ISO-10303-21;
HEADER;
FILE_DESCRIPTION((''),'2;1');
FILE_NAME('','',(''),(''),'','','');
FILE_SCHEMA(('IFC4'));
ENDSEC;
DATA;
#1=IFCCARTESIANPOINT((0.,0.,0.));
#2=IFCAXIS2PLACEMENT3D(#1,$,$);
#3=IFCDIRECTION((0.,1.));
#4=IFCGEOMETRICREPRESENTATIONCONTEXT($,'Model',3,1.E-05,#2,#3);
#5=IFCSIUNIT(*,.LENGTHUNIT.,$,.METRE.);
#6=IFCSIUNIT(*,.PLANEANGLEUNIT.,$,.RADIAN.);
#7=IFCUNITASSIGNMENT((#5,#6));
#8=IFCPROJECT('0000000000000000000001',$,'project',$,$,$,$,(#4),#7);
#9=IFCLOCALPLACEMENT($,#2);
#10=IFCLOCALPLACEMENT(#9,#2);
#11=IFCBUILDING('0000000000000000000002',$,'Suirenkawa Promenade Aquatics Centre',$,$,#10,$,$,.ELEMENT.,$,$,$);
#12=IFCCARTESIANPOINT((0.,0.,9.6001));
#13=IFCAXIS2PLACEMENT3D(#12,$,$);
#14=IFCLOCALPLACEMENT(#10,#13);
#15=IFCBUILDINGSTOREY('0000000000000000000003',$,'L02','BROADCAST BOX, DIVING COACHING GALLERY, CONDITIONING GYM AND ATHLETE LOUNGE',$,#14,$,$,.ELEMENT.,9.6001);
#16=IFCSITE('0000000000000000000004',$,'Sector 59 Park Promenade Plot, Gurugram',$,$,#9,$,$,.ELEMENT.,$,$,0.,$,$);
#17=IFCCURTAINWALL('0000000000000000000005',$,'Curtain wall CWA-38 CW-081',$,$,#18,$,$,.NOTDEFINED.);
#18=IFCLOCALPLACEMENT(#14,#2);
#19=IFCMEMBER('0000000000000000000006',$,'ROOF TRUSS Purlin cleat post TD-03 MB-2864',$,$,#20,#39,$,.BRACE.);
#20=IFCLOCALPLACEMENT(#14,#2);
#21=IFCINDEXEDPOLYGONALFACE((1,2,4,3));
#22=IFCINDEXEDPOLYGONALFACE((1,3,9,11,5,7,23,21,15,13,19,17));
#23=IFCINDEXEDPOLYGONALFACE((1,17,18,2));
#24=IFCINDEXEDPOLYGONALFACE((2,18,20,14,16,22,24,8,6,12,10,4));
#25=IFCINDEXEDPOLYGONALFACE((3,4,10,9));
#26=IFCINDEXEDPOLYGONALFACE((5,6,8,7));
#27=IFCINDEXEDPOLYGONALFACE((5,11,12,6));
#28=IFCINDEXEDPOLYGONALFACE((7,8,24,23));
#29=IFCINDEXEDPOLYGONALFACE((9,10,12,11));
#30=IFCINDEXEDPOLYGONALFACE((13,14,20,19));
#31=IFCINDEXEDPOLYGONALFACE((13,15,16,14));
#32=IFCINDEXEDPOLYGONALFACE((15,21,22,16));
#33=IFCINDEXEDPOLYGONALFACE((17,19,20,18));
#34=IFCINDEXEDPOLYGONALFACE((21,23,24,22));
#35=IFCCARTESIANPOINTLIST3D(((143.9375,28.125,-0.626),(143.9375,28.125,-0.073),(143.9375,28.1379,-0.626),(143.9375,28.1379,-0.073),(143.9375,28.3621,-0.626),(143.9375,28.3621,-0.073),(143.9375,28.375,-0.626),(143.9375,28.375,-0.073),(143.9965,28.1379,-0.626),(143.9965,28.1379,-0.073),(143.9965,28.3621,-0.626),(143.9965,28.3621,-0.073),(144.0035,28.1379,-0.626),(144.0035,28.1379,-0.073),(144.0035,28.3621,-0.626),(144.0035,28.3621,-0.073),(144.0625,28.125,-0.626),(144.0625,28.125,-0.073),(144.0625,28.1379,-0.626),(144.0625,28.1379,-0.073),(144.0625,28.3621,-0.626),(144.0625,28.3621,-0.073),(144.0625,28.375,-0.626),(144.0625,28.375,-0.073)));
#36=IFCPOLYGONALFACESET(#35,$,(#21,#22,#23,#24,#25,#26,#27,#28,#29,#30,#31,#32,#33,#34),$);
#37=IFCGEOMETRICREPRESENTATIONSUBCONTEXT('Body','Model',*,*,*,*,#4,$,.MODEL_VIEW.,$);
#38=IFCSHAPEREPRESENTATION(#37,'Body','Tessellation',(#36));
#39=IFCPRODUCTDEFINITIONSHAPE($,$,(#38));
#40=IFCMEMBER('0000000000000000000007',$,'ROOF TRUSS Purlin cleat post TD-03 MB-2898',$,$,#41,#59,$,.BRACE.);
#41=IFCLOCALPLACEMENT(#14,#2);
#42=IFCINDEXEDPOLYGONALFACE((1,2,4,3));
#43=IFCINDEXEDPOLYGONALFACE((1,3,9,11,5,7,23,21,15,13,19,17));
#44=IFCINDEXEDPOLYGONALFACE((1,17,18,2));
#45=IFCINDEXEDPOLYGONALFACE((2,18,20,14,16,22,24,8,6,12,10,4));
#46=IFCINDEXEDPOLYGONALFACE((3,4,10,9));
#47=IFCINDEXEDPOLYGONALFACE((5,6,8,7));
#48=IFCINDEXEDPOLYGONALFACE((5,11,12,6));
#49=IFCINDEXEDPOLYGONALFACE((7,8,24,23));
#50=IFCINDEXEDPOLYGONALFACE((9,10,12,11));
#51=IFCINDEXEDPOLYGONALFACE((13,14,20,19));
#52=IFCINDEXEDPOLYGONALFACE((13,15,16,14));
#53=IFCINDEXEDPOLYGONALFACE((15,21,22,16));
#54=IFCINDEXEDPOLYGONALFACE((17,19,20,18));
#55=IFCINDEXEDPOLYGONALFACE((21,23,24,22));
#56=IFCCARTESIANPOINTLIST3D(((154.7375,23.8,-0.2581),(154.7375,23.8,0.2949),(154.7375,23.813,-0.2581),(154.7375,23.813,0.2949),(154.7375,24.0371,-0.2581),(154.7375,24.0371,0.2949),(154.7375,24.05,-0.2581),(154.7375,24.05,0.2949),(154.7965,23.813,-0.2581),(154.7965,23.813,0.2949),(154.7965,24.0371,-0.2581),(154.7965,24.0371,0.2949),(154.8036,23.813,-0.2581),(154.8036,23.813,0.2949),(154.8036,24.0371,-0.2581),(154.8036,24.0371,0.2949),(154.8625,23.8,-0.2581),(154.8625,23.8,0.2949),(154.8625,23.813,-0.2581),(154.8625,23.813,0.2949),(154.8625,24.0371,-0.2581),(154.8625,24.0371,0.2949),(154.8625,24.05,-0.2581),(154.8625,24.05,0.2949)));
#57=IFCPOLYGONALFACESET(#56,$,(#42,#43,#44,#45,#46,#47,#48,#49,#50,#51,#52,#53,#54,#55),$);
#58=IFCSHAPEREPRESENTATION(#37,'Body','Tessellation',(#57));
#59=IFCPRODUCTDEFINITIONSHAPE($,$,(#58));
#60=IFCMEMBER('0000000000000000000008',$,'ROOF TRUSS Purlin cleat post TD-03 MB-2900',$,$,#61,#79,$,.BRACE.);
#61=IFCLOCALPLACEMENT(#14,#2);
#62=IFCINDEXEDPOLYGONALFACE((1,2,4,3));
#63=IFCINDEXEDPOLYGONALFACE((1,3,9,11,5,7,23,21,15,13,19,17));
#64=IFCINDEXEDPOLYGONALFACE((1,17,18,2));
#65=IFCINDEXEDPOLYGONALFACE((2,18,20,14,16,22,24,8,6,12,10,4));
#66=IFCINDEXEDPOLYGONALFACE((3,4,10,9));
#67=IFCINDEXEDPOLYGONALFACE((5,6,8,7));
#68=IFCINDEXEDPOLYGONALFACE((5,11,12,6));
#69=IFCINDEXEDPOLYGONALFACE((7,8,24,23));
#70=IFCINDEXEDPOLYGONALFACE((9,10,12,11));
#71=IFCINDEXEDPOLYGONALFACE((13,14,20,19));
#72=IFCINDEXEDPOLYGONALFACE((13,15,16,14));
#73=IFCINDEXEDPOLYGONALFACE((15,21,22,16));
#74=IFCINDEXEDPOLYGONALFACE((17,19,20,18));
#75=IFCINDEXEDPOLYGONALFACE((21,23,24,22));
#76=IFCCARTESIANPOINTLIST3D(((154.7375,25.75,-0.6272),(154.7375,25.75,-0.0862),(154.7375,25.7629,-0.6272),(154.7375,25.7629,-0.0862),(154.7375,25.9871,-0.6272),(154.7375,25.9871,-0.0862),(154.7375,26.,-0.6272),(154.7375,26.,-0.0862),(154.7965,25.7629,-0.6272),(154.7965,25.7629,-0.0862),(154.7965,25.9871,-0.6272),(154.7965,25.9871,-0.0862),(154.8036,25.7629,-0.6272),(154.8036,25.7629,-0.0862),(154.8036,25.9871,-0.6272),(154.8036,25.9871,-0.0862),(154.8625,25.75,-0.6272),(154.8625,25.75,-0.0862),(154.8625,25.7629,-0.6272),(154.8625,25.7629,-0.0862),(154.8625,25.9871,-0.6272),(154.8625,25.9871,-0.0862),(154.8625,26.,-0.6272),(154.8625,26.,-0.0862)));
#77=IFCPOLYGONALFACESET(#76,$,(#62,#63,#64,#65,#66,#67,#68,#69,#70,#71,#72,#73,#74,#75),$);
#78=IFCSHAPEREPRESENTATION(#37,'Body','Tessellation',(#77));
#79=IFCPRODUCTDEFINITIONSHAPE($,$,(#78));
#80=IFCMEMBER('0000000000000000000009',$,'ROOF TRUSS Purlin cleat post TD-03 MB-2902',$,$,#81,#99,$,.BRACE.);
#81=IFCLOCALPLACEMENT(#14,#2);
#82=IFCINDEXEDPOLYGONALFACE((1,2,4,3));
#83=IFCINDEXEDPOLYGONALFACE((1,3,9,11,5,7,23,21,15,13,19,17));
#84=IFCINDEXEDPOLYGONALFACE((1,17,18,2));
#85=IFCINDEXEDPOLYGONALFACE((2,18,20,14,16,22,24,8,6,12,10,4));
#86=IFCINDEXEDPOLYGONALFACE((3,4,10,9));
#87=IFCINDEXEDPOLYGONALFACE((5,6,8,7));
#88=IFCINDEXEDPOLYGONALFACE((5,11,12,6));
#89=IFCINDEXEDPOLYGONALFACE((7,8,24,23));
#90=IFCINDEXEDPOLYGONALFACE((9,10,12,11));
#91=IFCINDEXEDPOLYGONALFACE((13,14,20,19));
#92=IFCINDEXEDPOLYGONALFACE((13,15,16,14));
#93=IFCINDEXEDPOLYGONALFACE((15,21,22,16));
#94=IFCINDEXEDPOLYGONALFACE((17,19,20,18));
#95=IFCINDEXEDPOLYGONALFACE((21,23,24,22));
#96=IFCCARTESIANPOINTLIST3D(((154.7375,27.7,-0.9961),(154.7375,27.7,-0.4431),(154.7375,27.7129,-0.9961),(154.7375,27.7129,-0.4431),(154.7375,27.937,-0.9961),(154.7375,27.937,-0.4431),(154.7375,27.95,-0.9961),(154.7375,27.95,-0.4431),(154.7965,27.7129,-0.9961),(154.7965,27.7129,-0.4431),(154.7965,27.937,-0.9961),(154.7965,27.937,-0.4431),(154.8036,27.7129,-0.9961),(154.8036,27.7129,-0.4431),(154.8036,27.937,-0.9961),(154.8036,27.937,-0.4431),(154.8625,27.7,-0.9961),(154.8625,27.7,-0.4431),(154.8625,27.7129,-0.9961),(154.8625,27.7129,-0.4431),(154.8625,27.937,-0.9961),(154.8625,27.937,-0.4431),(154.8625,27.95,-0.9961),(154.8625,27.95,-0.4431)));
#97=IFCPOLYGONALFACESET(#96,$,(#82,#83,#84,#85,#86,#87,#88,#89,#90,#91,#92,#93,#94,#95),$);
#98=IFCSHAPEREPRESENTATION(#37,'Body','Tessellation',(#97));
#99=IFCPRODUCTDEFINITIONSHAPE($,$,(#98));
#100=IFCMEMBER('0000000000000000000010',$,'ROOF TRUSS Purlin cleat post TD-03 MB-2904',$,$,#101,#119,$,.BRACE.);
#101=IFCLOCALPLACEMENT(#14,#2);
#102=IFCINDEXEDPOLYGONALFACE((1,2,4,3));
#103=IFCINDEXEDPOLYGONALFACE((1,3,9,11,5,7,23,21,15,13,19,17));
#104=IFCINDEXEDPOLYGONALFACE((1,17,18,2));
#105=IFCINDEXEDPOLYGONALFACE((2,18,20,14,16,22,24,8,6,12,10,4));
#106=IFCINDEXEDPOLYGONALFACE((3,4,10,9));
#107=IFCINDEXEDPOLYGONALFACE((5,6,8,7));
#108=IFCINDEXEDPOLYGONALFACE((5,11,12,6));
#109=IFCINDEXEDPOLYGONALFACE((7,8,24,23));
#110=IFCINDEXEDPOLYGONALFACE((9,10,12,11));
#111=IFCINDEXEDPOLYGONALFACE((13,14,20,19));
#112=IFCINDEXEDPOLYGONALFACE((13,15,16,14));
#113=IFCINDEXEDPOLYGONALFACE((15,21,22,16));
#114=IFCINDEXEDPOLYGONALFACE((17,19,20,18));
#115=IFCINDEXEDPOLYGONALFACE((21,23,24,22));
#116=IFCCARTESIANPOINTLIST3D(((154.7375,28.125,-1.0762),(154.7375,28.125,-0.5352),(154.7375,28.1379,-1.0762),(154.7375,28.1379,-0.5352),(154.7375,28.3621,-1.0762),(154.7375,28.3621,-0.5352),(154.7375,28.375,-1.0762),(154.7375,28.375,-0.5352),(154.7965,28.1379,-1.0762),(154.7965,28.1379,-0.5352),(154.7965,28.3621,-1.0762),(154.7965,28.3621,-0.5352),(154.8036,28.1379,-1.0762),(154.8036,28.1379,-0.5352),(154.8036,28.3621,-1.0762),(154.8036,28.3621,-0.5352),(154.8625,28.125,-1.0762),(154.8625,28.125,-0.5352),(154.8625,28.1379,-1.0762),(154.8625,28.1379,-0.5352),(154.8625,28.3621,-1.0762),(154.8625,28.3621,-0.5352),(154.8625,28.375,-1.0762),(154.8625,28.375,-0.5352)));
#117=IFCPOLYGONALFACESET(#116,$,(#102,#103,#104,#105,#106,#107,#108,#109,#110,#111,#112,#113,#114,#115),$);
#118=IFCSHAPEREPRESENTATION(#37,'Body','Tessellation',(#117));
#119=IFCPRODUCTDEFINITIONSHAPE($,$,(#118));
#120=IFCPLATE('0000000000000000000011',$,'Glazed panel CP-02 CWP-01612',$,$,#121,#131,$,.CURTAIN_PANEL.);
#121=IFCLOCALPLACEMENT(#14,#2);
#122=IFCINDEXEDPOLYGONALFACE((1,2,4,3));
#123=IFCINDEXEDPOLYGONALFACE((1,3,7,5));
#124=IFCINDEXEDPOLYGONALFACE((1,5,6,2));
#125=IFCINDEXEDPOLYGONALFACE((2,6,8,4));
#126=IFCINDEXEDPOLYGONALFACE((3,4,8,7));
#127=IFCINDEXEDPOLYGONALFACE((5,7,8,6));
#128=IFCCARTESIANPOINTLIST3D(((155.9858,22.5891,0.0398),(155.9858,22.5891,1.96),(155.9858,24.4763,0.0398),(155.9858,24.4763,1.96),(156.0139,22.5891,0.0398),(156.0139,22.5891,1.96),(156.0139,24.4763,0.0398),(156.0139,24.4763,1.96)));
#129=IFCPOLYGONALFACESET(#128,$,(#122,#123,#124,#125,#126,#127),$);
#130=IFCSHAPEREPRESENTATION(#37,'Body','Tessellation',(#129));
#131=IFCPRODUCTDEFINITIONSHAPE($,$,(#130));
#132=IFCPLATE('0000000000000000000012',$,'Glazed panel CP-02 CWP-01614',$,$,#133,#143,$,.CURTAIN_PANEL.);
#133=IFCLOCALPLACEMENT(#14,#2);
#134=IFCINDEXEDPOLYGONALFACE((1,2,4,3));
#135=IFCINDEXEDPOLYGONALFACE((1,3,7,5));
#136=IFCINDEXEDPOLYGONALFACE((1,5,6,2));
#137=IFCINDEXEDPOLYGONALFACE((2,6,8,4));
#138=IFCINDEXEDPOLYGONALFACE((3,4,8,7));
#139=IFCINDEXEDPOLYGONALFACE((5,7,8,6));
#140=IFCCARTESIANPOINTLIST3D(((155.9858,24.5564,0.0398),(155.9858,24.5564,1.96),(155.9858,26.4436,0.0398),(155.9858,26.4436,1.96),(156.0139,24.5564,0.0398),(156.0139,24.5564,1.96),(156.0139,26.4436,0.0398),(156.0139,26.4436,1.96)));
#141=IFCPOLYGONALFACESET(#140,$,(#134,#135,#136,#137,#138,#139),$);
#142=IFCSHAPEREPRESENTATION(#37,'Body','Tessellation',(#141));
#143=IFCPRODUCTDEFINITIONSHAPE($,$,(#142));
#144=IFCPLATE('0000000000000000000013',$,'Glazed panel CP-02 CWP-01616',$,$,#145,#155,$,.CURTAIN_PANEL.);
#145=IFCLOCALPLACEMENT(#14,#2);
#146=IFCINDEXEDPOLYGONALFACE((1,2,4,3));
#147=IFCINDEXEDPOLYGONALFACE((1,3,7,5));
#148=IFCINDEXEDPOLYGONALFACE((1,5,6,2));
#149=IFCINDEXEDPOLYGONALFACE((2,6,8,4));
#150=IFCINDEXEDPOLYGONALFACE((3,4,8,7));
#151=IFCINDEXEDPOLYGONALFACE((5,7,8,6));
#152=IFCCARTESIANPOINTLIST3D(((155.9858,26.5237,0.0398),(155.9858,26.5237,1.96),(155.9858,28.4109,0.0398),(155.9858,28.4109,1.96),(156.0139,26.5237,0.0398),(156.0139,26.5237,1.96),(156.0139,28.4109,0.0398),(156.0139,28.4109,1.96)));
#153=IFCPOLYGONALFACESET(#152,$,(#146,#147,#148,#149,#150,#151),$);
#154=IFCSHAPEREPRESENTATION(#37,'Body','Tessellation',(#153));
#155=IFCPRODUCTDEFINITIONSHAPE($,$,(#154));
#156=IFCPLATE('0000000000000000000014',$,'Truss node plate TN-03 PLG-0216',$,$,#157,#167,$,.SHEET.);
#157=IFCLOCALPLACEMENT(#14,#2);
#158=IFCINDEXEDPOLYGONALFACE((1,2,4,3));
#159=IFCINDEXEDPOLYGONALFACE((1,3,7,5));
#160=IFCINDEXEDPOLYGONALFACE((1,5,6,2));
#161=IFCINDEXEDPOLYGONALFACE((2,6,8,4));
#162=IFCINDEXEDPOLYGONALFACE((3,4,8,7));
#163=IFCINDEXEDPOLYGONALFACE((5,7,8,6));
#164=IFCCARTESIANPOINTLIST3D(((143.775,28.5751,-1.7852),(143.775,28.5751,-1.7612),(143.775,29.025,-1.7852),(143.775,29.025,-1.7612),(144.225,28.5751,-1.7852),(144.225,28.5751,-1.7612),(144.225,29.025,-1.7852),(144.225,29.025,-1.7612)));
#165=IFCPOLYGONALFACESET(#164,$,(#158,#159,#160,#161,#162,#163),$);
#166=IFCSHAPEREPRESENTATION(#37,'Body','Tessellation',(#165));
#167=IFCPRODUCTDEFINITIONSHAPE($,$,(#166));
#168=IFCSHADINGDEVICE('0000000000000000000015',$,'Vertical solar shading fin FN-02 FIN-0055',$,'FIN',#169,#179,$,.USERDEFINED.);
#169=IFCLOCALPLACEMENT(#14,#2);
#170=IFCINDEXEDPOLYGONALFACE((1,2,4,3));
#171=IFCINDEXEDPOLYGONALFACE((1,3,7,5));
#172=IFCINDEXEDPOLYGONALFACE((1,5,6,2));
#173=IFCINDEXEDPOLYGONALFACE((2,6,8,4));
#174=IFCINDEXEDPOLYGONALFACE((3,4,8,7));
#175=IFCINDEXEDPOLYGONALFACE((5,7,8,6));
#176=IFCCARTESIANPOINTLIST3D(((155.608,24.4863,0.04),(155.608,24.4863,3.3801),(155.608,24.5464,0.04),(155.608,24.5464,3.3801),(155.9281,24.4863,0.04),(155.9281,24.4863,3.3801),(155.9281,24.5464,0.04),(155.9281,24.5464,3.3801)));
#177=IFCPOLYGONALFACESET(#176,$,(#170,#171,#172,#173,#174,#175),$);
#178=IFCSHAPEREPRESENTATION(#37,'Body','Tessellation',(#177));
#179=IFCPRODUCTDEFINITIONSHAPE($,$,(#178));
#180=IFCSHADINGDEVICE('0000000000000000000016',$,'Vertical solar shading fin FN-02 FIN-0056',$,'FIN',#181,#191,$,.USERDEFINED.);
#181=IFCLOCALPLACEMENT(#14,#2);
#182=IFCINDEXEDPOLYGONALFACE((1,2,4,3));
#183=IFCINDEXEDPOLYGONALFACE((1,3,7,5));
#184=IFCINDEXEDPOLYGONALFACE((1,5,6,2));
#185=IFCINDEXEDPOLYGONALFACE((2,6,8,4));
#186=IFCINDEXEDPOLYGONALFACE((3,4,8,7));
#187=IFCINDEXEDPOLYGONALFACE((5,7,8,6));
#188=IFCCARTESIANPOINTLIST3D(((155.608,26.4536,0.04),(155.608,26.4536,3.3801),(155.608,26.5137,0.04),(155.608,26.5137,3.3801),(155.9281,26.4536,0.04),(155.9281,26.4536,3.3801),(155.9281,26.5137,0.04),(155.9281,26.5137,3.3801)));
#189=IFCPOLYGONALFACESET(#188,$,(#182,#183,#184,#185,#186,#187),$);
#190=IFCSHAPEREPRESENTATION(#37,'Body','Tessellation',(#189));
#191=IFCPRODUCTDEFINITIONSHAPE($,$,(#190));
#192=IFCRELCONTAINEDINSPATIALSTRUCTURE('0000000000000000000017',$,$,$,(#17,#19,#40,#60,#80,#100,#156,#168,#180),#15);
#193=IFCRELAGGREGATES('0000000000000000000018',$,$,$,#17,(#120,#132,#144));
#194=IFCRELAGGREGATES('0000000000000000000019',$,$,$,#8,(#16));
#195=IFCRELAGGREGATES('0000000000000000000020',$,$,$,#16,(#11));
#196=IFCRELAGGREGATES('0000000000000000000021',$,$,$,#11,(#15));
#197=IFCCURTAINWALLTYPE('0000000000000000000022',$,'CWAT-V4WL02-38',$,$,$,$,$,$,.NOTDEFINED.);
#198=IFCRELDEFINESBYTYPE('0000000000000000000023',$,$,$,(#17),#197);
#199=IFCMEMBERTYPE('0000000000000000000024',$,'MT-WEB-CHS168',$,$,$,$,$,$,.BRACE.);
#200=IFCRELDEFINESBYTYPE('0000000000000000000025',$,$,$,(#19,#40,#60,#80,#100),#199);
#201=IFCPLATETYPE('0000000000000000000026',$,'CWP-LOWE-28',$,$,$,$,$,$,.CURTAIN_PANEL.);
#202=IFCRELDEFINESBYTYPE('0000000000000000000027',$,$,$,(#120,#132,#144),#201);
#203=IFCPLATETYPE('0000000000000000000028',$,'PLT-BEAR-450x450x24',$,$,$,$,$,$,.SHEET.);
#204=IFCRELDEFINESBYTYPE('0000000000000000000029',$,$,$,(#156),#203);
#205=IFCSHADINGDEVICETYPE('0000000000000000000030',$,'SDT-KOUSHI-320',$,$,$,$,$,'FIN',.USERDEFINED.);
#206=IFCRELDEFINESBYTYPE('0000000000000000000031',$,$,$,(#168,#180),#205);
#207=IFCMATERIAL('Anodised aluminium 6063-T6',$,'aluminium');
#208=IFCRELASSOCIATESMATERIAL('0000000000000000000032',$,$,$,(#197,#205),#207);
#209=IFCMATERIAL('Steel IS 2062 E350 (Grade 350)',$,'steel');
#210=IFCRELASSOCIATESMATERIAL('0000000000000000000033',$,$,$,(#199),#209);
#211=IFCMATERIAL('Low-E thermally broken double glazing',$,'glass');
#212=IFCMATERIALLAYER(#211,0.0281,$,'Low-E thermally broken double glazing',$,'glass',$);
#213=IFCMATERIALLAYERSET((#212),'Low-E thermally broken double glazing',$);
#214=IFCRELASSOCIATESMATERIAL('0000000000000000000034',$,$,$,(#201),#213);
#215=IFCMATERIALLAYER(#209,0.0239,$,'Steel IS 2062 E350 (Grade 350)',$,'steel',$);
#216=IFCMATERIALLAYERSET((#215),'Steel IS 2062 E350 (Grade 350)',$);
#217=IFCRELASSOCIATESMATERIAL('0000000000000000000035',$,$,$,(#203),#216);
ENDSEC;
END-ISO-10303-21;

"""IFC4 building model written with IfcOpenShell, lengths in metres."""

from ifc_helpers import new_model, si_unit, direction, frame, origin, origin_2d, place, context, subcontext, project, spatial, polyline, rectangle, i_section, outline, extrude, material, layer, layer_set, material_profile, profile_set, type_object, element, aggregate, save


model = new_model("IFC4")

# Units and contexts
model_context = context("Model", 3, precision=1e-05, world=origin(), true_north=direction((0.0, 1.0)))
body_context = subcontext(model_context, "Body", "Model", "MODEL_VIEW")
ifc_project = project(units=[si_unit("LENGTHUNIT", "METRE"), si_unit("PLANEANGLEUNIT", "RADIAN")], contexts=[model_context])

# Site, building, storey
site_placement = place(None, origin())
site = spatial("IfcSite", under=ifc_project, at=site_placement, Name="Sector 59 Park Promenade Plot, Gurugram", CompositionType="ELEMENT", RefElevation=0.0)
building_placement = place(site_placement, origin())
building = spatial("IfcBuilding", under=site, at=building_placement, Name="Suirenkawa Promenade Aquatics Centre", CompositionType="ELEMENT")
storey_placement = place(building_placement, frame((0.0, 0.0, 9.6001)))
storey = spatial("IfcBuildingStorey", under=building, at=storey_placement, Name="L02", Description="BROADCAST BOX, DIVING COACHING GALLERY, CONDITIONING GYM AND ATHLETE LOUNGE", CompositionType="ELEMENT", Elevation=9.6001)

# Curtain wall
ifc_material_1 = material(Name="Anodised aluminium 6063-T6", Category="aluminium")
curtain_wall_type_1 = type_object("IfcCurtainWallType", Name="CWAT-V4WL02-38", PredefinedType="NOTDEFINED", material=ifc_material_1)
curtain_wall_1_placement = place(storey_placement, origin())
curtain_wall_1 = element("IfcCurtainWall", 1, at=curtain_wall_1_placement, inside=storey, type_object=curtain_wall_type_1, Name="Curtain wall CWA-38 CW-081", PredefinedType="NOTDEFINED")

# Members
ifc_material_2 = material(Name="Steel IS 2062 E350 (Grade 350)", Category="steel")
ifc_material_profile_1 = material_profile(ifc_material_2, i_section(OverallWidth=0.125, OverallDepth=0.25, WebThickness=0.0071, FlangeThickness=0.0129, at=origin_2d()), Name="ISMB 250", Category="steel")
ifc_profile_set_1 = profile_set([ifc_material_profile_1], Name="Steel IS 2062 E350 (Grade 350)")
member_type_1 = type_object("IfcMemberType", Name="MT-WEB-CHS168", PredefinedType="BRACE", material=ifc_profile_set_1)
for number, where, z_axis, x_axis, name in (
    (2, (144.0, 28.25, -0.626), (0.0, 0.0, 1.0), (1.0, 0.0, 0.0), "ROOF TRUSS Purlin cleat post TD-03 MB-2864"),
    (3, (154.8, 23.925, -0.2581), (0.0, 0.0, 1.0), (1.0, 0.0, 0.0), "ROOF TRUSS Purlin cleat post TD-03 MB-2898"),
):
    element("IfcMember", number, at=place(storey_placement, frame(where, z_axis=z_axis, x_axis=x_axis)), inside=storey, type_object=member_type_1, Name=name, PredefinedType="BRACE", context=body_context, shape_type="SweptSolid", body=[
        extrude(i_section(OverallWidth=0.125, OverallDepth=0.25, WebThickness=0.0071, FlangeThickness=0.0129, at=origin_2d()), origin(), (0.0, 0.0, 1.0), 0.553),
    ])
member_1_placement = place(storey_placement, frame((154.8, 25.875, -0.6272), z_axis=(0.0, 0.0, 1.0), x_axis=(1.0, 0.0, 0.0)))
element("IfcMember", 4, at=member_1_placement, inside=storey, type_object=member_type_1, Name="ROOF TRUSS Purlin cleat post TD-03 MB-2900", PredefinedType="BRACE", context=body_context, shape_type="SweptSolid", body=[
    extrude(i_section(OverallWidth=0.125, OverallDepth=0.25, WebThickness=0.0071, FlangeThickness=0.0129, at=origin_2d()), origin(), (0.0, 0.0, 1.0), 0.541),
])
member_2_placement = place(storey_placement, frame((154.8, 27.825, -0.9961), z_axis=(0.0, 0.0, 1.0), x_axis=(1.0, 0.0, 0.0)))
element("IfcMember", 5, at=member_2_placement, inside=storey, type_object=member_type_1, Name="ROOF TRUSS Purlin cleat post TD-03 MB-2902", PredefinedType="BRACE", context=body_context, shape_type="SweptSolid", body=[
    extrude(i_section(OverallWidth=0.125, OverallDepth=0.25, WebThickness=0.0071, FlangeThickness=0.0129, at=origin_2d()), origin(), (0.0, 0.0, 1.0), 0.553),
])
member_3_placement = place(storey_placement, frame((154.8, 28.25, -1.0762), z_axis=(0.0, 0.0, 1.0), x_axis=(1.0, 0.0, 0.0)))
element("IfcMember", 6, at=member_3_placement, inside=storey, type_object=member_type_1, Name="ROOF TRUSS Purlin cleat post TD-03 MB-2904", PredefinedType="BRACE", context=body_context, shape_type="SweptSolid", body=[
    extrude(i_section(OverallWidth=0.125, OverallDepth=0.25, WebThickness=0.0071, FlangeThickness=0.0129, at=origin_2d()), origin(), (0.0, 0.0, 1.0), 0.541),
])

# Plates
ifc_material_3 = material(Name="Low-E thermally broken double glazing", Category="glass")
ifc_layer_1 = layer(ifc_material_3, 0.0281, Name="Low-E thermally broken double glazing", Category="glass")
ifc_layer_set_1 = layer_set([ifc_layer_1], Name="Low-E thermally broken double glazing")
plate_type_1 = type_object("IfcPlateType", Name="CWP-LOWE-28", PredefinedType="CURTAIN_PANEL", material=ifc_layer_set_1)
plate_1_placement = place(storey_placement, frame((156.0, 22.5491, 0.0398), z_axis=(0.0, 0.0, 1.0), x_axis=(0.0, 1.0, 0.0)))
plate_1 = element("IfcPlate", 7, at=plate_1_placement, type_object=plate_type_1, Name="Glazed panel CP-02 CWP-01612", PredefinedType="CURTAIN_PANEL", context=body_context, shape_type="SweptSolid", body=[
    extrude(outline(polyline([(0.04, 0.0), (1.9272, 0.0), (1.9272, 1.9202), (0.04, 1.9202), (0.04, 0.0)])), frame((0.0, 0.0142, 0.0), z_axis=(0.0, -1.0, 0.0), x_axis=(1.0, 0.0, 0.0)), (0.0, 0.0, 1.0), 0.0281),
])
plate_2_placement = place(storey_placement, frame((156.0, 24.5164, 0.0398), z_axis=(0.0, 0.0, 1.0), x_axis=(0.0, 1.0, 0.0)))
plate_2 = element("IfcPlate", 8, at=plate_2_placement, type_object=plate_type_1, Name="Glazed panel CP-02 CWP-01614", PredefinedType="CURTAIN_PANEL", context=body_context, shape_type="SweptSolid", body=[
    extrude(outline(polyline([(0.04, 0.0), (1.9272, 0.0), (1.9272, 1.9202), (0.04, 1.9202), (0.04, 0.0)])), frame((0.0, 0.0142, 0.0), z_axis=(0.0, -1.0, 0.0), x_axis=(1.0, 0.0, 0.0)), (0.0, 0.0, 1.0), 0.0281),
])
plate_3_placement = place(storey_placement, frame((156.0, 26.4836, 0.0398), z_axis=(0.0, 0.0, 1.0), x_axis=(0.0, 1.0, 0.0)))
plate_3 = element("IfcPlate", 9, at=plate_3_placement, type_object=plate_type_1, Name="Glazed panel CP-02 CWP-01616", PredefinedType="CURTAIN_PANEL", context=body_context, shape_type="SweptSolid", body=[
    extrude(outline(polyline([(0.04, 0.0), (1.9272, 0.0), (1.9272, 1.9202), (0.04, 1.9202), (0.04, 0.0)])), frame((0.0, 0.0142, 0.0), z_axis=(0.0, -1.0, 0.0), x_axis=(1.0, 0.0, 0.0)), (0.0, 0.0, 1.0), 0.0281),
])
aggregate(curtain_wall_1, [plate_1, plate_2, plate_3])
ifc_layer_2 = layer(ifc_material_2, 0.0239, Name="Steel IS 2062 E350 (Grade 350)", Category="steel")
ifc_layer_set_2 = layer_set([ifc_layer_2], Name="Steel IS 2062 E350 (Grade 350)")
plate_type_2 = type_object("IfcPlateType", Name="PLT-BEAR-450x450x24", PredefinedType="SHEET", material=ifc_layer_set_2)
plate_4_placement = place(storey_placement, frame((144.0, 28.8, -1.7852), z_axis=(0.0, 0.0, 1.0), x_axis=(1.0, 0.0, 0.0)))
element("IfcPlate", 10, at=plate_4_placement, inside=storey, type_object=plate_type_2, Name="Truss node plate TN-03 PLG-0216", PredefinedType="SHEET", context=body_context, shape_type="SweptSolid", body=[
    extrude(rectangle(XDim=0.45, YDim=0.45, at=origin_2d()), origin(), (0.0, 0.0, 1.0), 0.0239),
])

# Shading devices
shading_device_type = type_object("IfcShadingDeviceType", Name="SDT-KOUSHI-320", ElementType="FIN", PredefinedType="USERDEFINED", material=ifc_material_1)
for number, where, z_axis, x_axis, name in (
    (11, (155.7681, 24.5164, 0.04), (0.0, 0.0, 1.0), (-1.0, 0.0, 0.0), "Vertical solar shading fin FN-02 FIN-0055"),
    (12, (155.7681, 26.4836, 0.04), (0.0, 0.0, 1.0), (-1.0, 0.0, 0.0), "Vertical solar shading fin FN-02 FIN-0056"),
):
    element("IfcShadingDevice", number, at=place(storey_placement, frame(where, z_axis=z_axis, x_axis=x_axis)), inside=storey, type_object=shading_device_type, Name=name, ObjectType="FIN", PredefinedType="USERDEFINED", context=body_context, shape_type="SweptSolid", body=[
        extrude(rectangle(XDim=0.3201, YDim=0.0601, at=origin_2d()), origin(), (0.0, 0.0, 1.0), 3.3401),
    ])

save(model, "model.ifc")
